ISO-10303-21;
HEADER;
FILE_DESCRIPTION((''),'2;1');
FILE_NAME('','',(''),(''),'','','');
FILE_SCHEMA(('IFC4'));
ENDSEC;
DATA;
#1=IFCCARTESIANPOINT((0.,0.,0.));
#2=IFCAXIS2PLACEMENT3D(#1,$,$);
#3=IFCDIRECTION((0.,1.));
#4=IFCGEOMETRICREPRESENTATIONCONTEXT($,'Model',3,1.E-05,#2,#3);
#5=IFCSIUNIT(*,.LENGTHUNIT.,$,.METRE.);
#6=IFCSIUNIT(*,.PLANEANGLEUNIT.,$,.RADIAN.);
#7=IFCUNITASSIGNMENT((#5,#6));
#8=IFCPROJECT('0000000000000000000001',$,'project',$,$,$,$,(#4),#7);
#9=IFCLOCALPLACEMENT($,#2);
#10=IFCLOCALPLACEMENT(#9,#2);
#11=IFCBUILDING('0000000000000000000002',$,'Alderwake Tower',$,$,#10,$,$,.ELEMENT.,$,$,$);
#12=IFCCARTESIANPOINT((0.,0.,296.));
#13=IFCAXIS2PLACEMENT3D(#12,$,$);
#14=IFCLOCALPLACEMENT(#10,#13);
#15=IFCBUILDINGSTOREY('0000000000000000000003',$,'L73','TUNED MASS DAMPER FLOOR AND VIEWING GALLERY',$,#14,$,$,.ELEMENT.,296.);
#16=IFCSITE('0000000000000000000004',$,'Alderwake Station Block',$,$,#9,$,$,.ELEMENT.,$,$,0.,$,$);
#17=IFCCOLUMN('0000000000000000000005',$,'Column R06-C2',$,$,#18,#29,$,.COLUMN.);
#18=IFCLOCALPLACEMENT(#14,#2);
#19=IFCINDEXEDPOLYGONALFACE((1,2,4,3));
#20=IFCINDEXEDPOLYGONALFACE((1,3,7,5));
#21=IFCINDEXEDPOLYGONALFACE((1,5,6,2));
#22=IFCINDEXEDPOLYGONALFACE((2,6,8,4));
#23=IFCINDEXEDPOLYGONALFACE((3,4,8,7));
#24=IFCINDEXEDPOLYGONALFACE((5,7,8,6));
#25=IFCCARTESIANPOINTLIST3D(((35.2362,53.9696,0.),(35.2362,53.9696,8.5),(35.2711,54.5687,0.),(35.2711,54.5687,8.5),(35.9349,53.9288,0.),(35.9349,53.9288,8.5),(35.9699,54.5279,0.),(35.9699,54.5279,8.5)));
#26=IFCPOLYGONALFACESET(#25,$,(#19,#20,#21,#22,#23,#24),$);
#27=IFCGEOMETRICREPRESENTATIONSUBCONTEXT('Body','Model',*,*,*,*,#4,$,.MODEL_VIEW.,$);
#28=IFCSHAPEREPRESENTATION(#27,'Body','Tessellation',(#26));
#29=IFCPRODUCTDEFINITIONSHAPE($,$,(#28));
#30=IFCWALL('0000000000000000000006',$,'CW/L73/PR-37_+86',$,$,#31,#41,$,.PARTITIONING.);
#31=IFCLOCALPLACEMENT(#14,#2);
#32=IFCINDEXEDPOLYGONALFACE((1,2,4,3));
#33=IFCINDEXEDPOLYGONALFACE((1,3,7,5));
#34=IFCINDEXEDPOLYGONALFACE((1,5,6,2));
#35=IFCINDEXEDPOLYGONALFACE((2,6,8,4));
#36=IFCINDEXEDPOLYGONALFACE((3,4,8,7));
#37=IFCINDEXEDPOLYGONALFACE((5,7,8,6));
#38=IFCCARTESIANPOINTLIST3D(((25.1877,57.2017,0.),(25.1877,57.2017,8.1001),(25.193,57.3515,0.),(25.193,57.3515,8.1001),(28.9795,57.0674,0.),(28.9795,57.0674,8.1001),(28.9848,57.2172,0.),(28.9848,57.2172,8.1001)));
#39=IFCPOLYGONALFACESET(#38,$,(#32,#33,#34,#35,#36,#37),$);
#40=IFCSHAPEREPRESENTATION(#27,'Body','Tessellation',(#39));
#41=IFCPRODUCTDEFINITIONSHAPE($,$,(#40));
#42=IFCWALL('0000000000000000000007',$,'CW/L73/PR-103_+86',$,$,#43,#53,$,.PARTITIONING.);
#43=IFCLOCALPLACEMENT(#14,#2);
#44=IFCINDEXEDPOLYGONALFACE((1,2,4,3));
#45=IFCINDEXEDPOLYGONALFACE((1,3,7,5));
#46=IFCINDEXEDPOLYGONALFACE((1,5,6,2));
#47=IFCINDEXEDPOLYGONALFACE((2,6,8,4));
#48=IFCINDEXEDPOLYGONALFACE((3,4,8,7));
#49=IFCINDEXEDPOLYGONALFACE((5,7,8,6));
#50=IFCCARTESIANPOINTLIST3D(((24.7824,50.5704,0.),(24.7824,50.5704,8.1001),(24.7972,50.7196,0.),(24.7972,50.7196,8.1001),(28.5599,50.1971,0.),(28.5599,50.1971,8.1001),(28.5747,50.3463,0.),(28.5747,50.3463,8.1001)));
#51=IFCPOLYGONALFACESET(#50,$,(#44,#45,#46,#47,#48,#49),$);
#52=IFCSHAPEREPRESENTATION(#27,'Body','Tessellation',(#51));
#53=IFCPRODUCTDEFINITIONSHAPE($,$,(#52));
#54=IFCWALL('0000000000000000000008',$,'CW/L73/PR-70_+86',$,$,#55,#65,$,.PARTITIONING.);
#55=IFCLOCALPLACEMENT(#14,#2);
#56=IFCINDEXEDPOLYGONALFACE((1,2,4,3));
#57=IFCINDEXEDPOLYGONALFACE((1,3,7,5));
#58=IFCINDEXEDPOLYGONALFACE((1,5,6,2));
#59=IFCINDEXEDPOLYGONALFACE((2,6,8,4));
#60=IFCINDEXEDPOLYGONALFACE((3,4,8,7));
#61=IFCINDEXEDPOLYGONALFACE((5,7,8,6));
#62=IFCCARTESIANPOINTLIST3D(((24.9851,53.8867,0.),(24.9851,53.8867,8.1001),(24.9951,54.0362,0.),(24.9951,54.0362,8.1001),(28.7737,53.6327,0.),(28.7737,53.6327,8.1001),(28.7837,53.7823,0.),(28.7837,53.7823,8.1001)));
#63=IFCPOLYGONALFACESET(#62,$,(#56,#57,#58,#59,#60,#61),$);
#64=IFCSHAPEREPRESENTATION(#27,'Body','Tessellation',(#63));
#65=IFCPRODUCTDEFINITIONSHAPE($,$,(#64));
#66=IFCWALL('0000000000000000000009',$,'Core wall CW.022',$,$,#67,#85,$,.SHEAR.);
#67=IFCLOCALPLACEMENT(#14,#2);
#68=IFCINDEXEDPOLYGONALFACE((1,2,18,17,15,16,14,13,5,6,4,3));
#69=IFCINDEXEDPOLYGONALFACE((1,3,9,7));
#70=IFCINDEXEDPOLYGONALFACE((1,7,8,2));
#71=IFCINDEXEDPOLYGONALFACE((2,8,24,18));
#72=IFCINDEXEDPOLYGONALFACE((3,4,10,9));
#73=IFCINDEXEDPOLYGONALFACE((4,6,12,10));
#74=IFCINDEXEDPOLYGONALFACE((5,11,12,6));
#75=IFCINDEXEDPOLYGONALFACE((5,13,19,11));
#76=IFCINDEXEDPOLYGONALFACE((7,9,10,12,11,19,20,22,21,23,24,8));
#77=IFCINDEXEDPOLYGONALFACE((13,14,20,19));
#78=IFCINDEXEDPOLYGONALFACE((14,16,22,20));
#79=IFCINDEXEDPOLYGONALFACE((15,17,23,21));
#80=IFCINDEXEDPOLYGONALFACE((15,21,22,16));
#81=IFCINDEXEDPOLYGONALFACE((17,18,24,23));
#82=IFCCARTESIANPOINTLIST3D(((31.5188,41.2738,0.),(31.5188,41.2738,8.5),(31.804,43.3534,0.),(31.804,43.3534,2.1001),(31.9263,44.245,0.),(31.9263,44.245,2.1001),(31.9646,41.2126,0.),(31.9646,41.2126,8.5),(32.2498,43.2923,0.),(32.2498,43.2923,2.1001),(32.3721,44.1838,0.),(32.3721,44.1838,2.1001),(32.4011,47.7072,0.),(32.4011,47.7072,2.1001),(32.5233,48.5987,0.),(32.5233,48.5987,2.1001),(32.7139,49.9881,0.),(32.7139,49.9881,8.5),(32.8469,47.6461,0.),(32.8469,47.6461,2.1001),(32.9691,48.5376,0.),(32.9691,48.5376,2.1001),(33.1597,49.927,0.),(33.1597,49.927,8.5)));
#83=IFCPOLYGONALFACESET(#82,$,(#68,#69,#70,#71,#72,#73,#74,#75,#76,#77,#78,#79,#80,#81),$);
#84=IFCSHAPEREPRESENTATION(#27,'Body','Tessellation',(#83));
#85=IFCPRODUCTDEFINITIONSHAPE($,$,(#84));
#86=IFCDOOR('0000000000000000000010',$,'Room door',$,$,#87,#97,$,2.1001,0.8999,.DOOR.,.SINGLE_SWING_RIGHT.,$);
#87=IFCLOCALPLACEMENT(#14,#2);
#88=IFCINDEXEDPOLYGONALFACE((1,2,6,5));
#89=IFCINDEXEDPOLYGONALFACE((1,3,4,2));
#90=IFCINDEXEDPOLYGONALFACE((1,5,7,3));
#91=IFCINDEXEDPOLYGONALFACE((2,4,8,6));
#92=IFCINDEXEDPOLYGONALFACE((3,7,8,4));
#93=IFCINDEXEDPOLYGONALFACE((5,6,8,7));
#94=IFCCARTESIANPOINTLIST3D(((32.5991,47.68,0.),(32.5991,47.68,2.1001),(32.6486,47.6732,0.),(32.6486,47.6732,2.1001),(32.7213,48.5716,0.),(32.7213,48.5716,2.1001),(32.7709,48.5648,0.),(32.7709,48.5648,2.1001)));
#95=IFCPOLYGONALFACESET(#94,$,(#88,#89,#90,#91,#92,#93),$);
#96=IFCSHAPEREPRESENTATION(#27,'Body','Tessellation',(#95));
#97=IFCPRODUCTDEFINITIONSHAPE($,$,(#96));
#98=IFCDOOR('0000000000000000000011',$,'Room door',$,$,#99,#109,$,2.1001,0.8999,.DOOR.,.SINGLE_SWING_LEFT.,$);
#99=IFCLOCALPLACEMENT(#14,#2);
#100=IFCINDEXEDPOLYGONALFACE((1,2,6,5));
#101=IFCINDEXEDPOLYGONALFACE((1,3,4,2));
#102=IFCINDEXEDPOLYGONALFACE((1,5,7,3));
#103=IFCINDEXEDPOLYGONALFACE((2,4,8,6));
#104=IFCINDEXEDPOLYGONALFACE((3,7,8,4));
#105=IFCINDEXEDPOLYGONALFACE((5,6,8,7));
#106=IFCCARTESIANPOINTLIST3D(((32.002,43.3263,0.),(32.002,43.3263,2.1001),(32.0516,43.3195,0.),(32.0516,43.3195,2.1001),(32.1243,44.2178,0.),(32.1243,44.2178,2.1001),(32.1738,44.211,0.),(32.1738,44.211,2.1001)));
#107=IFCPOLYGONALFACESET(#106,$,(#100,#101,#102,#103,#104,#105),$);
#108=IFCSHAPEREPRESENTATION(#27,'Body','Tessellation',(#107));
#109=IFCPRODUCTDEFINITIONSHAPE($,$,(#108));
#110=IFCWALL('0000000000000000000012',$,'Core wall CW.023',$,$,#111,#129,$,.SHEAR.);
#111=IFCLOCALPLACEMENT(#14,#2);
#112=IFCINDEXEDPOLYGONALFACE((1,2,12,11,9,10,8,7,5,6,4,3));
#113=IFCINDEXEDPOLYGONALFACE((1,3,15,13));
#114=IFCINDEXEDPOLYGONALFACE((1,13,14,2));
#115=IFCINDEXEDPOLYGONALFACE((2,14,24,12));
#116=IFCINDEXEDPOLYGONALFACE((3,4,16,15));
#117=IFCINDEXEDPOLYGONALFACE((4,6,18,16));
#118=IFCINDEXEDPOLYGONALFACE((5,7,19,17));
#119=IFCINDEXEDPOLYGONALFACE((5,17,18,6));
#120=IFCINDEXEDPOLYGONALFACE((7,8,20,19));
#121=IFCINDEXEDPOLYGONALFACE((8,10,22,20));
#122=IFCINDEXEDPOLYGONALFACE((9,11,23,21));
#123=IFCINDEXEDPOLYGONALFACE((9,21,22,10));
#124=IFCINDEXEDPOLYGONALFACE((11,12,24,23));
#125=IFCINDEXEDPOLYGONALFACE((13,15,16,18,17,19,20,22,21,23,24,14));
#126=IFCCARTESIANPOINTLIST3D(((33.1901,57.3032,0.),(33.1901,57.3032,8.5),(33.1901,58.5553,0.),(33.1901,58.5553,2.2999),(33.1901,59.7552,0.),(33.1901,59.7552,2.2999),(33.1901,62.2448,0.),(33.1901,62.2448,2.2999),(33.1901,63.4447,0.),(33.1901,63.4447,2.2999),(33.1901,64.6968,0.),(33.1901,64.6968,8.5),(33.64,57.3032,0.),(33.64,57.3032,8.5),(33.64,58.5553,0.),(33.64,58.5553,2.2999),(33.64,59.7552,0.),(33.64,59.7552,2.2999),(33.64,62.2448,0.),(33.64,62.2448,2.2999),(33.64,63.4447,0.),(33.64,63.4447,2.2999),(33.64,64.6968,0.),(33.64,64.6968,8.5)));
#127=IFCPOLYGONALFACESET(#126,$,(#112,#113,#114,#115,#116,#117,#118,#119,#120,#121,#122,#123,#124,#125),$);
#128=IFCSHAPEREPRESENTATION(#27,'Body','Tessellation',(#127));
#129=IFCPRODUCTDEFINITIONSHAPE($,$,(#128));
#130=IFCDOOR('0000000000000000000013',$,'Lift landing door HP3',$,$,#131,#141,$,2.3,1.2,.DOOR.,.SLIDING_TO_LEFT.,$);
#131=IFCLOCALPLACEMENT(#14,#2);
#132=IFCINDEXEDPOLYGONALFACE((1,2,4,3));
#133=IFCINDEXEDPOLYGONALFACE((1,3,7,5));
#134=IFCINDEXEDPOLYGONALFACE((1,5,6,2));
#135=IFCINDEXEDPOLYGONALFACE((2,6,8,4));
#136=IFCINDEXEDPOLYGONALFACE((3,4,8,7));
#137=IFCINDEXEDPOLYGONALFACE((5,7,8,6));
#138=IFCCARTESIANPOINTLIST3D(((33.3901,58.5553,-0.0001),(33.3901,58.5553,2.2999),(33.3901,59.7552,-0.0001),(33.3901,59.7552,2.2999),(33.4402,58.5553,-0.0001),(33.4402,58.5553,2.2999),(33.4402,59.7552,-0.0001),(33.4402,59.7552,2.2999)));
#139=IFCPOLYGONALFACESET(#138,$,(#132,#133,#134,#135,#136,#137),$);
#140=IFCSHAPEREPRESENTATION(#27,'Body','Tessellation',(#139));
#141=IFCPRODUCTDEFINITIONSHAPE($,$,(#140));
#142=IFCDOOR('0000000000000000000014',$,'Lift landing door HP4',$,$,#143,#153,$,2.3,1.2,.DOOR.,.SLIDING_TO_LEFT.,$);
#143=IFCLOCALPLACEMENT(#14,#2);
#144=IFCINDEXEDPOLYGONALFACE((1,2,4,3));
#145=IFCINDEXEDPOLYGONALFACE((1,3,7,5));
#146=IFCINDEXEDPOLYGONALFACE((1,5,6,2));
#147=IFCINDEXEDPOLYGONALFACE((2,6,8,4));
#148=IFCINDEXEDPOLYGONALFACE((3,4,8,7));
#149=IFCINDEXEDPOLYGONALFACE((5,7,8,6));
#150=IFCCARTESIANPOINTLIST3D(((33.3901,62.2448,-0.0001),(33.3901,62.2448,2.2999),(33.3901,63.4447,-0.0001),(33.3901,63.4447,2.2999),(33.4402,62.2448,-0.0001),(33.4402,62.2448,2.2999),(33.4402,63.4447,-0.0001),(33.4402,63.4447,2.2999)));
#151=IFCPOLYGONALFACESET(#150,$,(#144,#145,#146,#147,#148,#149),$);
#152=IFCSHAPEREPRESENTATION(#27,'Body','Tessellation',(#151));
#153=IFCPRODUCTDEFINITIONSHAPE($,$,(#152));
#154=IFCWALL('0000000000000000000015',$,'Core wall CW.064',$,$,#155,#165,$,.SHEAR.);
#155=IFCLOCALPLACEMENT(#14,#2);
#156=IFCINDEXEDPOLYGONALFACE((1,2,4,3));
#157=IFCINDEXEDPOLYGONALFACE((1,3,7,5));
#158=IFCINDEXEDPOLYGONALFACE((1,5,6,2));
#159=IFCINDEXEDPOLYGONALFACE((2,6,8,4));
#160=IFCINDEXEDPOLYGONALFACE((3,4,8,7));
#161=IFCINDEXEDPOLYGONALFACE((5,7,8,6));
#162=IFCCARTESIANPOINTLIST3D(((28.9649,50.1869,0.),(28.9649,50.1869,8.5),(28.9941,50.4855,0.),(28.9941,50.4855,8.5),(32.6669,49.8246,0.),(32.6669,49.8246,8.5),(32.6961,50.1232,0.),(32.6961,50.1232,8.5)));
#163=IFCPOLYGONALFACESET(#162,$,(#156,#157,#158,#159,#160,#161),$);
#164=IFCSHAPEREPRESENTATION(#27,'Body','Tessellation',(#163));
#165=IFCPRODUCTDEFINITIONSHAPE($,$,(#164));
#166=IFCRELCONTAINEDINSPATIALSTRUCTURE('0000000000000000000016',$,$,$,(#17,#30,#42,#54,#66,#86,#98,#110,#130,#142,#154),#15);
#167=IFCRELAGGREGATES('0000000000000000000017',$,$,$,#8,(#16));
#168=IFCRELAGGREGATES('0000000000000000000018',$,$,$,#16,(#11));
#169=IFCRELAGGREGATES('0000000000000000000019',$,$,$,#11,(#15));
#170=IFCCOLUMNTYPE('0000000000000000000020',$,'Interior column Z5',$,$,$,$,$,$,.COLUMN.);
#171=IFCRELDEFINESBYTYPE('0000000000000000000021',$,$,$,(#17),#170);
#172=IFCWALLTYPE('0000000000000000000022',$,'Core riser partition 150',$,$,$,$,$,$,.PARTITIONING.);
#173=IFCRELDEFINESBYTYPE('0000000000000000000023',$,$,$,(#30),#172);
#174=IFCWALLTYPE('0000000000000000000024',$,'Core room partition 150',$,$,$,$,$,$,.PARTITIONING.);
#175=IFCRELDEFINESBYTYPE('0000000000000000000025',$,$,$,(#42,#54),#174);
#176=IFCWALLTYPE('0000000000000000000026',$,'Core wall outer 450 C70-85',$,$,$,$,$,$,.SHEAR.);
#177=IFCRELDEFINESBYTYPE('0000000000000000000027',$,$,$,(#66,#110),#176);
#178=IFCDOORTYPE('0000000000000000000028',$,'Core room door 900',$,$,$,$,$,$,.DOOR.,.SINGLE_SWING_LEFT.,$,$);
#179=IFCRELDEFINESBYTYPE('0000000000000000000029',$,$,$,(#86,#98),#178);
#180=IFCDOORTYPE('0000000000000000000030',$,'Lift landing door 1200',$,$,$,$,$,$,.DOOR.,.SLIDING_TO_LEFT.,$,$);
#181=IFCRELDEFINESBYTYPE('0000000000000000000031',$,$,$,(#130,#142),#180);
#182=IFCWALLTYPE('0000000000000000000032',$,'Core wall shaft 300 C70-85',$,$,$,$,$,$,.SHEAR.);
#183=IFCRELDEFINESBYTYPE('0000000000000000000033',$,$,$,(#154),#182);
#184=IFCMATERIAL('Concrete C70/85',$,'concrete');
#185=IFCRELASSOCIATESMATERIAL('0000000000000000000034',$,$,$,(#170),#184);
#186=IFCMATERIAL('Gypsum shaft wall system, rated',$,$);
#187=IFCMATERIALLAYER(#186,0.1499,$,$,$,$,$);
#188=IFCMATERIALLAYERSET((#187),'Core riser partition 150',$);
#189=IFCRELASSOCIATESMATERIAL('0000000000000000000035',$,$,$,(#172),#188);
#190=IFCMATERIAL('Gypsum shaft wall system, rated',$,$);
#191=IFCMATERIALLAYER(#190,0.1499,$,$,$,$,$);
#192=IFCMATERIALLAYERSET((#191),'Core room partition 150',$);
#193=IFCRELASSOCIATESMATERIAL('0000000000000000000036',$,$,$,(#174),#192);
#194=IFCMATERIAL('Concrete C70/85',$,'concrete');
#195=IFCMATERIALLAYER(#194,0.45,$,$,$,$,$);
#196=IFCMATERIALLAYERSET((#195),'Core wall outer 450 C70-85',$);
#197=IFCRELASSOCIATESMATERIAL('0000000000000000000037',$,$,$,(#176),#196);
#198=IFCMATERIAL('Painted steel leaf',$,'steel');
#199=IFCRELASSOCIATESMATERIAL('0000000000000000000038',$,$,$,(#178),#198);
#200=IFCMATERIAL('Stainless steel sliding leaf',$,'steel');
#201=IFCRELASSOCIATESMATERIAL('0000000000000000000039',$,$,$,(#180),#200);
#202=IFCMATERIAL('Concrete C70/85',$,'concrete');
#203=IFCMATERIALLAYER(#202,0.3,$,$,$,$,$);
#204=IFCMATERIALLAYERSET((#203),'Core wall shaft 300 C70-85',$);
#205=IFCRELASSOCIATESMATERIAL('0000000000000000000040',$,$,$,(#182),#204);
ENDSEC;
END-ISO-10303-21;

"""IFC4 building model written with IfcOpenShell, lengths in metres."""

from ifc_helpers import new_model, si_unit, direction, frame, frame_2d, origin, origin_2d, place, context, subcontext, project, spatial, rectangle, extrude, material, layer, layer_set, material_profile, profile_set, type_object, element, fill, save


model = new_model("IFC4")

# Units and contexts
model_context = context("Model", 3, precision=1e-05, world=origin(), true_north=direction((0.0, 1.0)))
body_context = subcontext(model_context, "Body", "Model", "MODEL_VIEW")
ifc_project = project(units=[si_unit("LENGTHUNIT", "METRE"), si_unit("PLANEANGLEUNIT", "RADIAN")], contexts=[model_context])

# Site, building, storey
site_placement = place(None, origin())
site = spatial("IfcSite", under=ifc_project, at=site_placement, Name="Alderwake Station Block", CompositionType="ELEMENT", RefElevation=0.0)
building_placement = place(site_placement, origin())
building = spatial("IfcBuilding", under=site, at=building_placement, Name="Alderwake Tower", CompositionType="ELEMENT")
storey_placement = place(building_placement, frame((0.0, 0.0, 296.0)))
storey = spatial("IfcBuildingStorey", under=building, at=storey_placement, Name="L73", Description="TUNED MASS DAMPER FLOOR AND VIEWING GALLERY", CompositionType="ELEMENT", Elevation=296.0)

# Column
ifc_material_1 = material(Name="Concrete C70/85", Category="concrete")
ifc_material_profile = material_profile(ifc_material_1, rectangle(XDim=0.6001, YDim=0.7, at=origin_2d()), Name="RC 700X600")
ifc_profile_set = profile_set([ifc_material_profile], Name="Concrete C70/85")
column_type = type_object("IfcColumnType", Name="Interior column Z5", PredefinedType="COLUMN", material=ifc_profile_set)
column_placement = place(storey_placement, frame((35.603, 54.2488, 0.0), z_axis=(0.0, 0.0, 1.0), x_axis=(0.058301, 0.998299, 0.0)))
element("IfcColumn", 1, at=column_placement, inside=storey, type_object=column_type, Name="Column R06-C2", PredefinedType="COLUMN", context=body_context, shape_type="SweptSolid", body=[
    extrude(rectangle(XDim=0.6001, YDim=0.7, at=origin_2d()), origin(), (0.0, 0.0, 1.0), 8.5),
])

# Walls
ifc_material_2 = material(Name="Gypsum shaft wall system, rated")
ifc_layer_1 = layer(ifc_material_2, 0.1499)
ifc_layer_set_1 = layer_set([ifc_layer_1], Name="Core riser partition 150")
wall_type_1 = type_object("IfcWallType", Name="Core riser partition 150", PredefinedType="PARTITIONING", material=ifc_layer_set_1)
wall_1_placement = place(storey_placement, frame((25.1904, 57.2766, 0.0), z_axis=(0.0, 0.0, 1.0), x_axis=(0.999374, -0.035391, 0.0)))
element("IfcWall", 2, at=wall_1_placement, inside=storey, type_object=wall_type_1, Name="CW/L73/PR-37_+86", PredefinedType="PARTITIONING", context=body_context, shape_type="SweptSolid", body=[
    extrude(rectangle(XDim=3.7942, YDim=0.1499, at=frame_2d((1.897, 0.0))), origin(), (0.0, 0.0, 1.0), 8.1001),
])
ifc_material_3 = material(Name="Gypsum shaft wall system, rated")
ifc_layer_2 = layer(ifc_material_3, 0.1499)
ifc_layer_set_2 = layer_set([ifc_layer_2], Name="Core room partition 150")
wall_type_2 = type_object("IfcWallType", Name="Core room partition 150", PredefinedType="PARTITIONING", material=ifc_layer_set_2)
wall_2_placement = place(storey_placement, frame((24.7898, 50.645, 0.0), z_axis=(0.0, 0.0, 1.0), x_axis=(0.995153, -0.098338, 0.0)))
element("IfcWall", 3, at=wall_2_placement, inside=storey, type_object=wall_type_2, Name="CW/L73/PR-103_+86", PredefinedType="PARTITIONING", context=body_context, shape_type="SweptSolid", body=[
    extrude(rectangle(XDim=3.7959, YDim=0.1499, at=frame_2d((1.8979, 0.0))), origin(), (0.0, 0.0, 1.0), 8.1001),
])
wall_3_placement = place(storey_placement, frame((24.9902, 53.9614, 0.0), z_axis=(0.0, 0.0, 1.0), x_axis=(0.997762, -0.066869, 0.0)))
element("IfcWall", 4, at=wall_3_placement, inside=storey, type_object=wall_type_2, Name="CW/L73/PR-70_+86", PredefinedType="PARTITIONING", context=body_context, shape_type="SweptSolid", body=[
    extrude(rectangle(XDim=3.7971, YDim=0.1499, at=frame_2d((1.8984, 0.0))), origin(), (0.0, 0.0, 1.0), 8.1001),
])

# Walls, openings, doors
ifc_material_4 = material(Name="Concrete C70/85", Category="concrete")
ifc_layer_3 = layer(ifc_material_4, 0.45)
ifc_layer_set_3 = layer_set([ifc_layer_3], Name="Core wall outer 450 C70-85")
wall_type_3 = type_object("IfcWallType", Name="Core wall outer 450 C70-85", PredefinedType="SHEAR", material=ifc_layer_set_3)
wall_4_placement = place(storey_placement, frame((32.9368, 49.9575, 0.0), z_axis=(0.0, 0.0, 1.0), x_axis=(-0.135866, -0.990727, 0.0)))
wall_4 = element("IfcWall", 5, at=wall_4_placement, inside=storey, type_object=wall_type_3, Name="Core wall CW.022", PredefinedType="SHEAR", context=body_context, shape_type="SweptSolid", body=[
    extrude(rectangle(XDim=8.7959, YDim=0.45, at=frame_2d((4.3979, 0.0))), origin(), (0.0, 0.0, 1.0), 8.5),
])
opening_1_placement = place(wall_4_placement, frame((1.4023, 0.0, 0.0)))
opening_1 = element("IfcOpeningElement", 6, at=opening_1_placement, cuts=wall_4, PredefinedType="OPENING", context=body_context, shape_type="SweptSolid", body=[
    extrude(rectangle(XDim=0.8999, YDim=2.1001, at=frame_2d((0.45, 1.05))), frame((0.0, 0.2349, 0.0), z_axis=(0.0, -1.0, 0.0), x_axis=(1.0, 0.0, 0.0)), (0.0, 0.0, 1.0), 0.47),
])
opening_2_placement = place(wall_4_placement, frame((5.7969, 0.0, 0.0)))
opening_2 = element("IfcOpeningElement", 7, at=opening_2_placement, cuts=wall_4, PredefinedType="OPENING", context=body_context, shape_type="SweptSolid", body=[
    extrude(rectangle(XDim=0.8999, YDim=2.1001, at=frame_2d((0.45, 1.05))), frame((0.0, 0.2349, 0.0), z_axis=(0.0, -1.0, 0.0), x_axis=(1.0, 0.0, 0.0)), (0.0, 0.0, 1.0), 0.47),
])
ifc_material_5 = material(Name="Painted steel leaf", Category="steel")
door_type_1 = type_object("IfcDoorType", Name="Core room door 900", OperationType="SINGLE_SWING_LEFT", PredefinedType="DOOR", material=ifc_material_5)
door_1_placement = place(opening_1_placement, origin())
door_1 = element("IfcDoor", 8, at=door_1_placement, inside=storey, type_object=door_type_1, Name="Room door", OperationType="SINGLE_SWING_RIGHT", OverallHeight=2.1001, OverallWidth=0.8999, PredefinedType="DOOR", context=body_context, shape_type="SweptSolid", body=[
    extrude(rectangle(XDim=0.8999, YDim=2.1001, at=frame_2d((0.45, 1.05))), frame((0.0, 0.0249, 0.0), z_axis=(0.0, -1.0, 0.0), x_axis=(1.0, 0.0, 0.0)), (0.0, 0.0, 1.0), 0.05),
])
fill(opening_1, door_1)
door_2_placement = place(opening_2_placement, origin())
door_2 = element("IfcDoor", 9, at=door_2_placement, inside=storey, type_object=door_type_1, Name="Room door", OperationType="SINGLE_SWING_LEFT", OverallHeight=2.1001, OverallWidth=0.8999, PredefinedType="DOOR", context=body_context, shape_type="SweptSolid", body=[
    extrude(rectangle(XDim=0.8999, YDim=2.1001, at=frame_2d((0.45, 1.05))), frame((0.0, 0.0249, 0.0), z_axis=(0.0, -1.0, 0.0), x_axis=(1.0, 0.0, 0.0)), (0.0, 0.0, 1.0), 0.05),
])
fill(opening_2, door_2)
wall_5_placement = place(storey_placement, frame((33.415, 57.3032, 0.0), z_axis=(0.0, 0.0, 1.0), x_axis=(0.0, 1.0, 0.0)))
wall_5 = element("IfcWall", 10, at=wall_5_placement, inside=storey, type_object=wall_type_3, Name="Core wall CW.023", PredefinedType="SHEAR", context=body_context, shape_type="SweptSolid", body=[
    extrude(rectangle(XDim=7.3936, YDim=0.45, at=frame_2d((3.6968, 0.0))), origin(), (0.0, 0.0, 1.0), 8.5),
])
opening_3_placement = place(wall_5_placement, frame((1.252, 0.0, 0.0)))
opening_3 = element("IfcOpeningElement", 11, at=opening_3_placement, cuts=wall_5, PredefinedType="OPENING", context=body_context, shape_type="SweptSolid", body=[
    extrude(rectangle(XDim=1.2, YDim=2.3, at=frame_2d((0.6001, 1.1499))), frame((0.0, 0.2349, 0.0), z_axis=(0.0, -1.0, 0.0), x_axis=(1.0, 0.0, 0.0)), (0.0, 0.0, 1.0), 0.47),
])
opening_4_placement = place(wall_5_placement, frame((4.9414, 0.0, 0.0)))
opening_4 = element("IfcOpeningElement", 12, at=opening_4_placement, cuts=wall_5, PredefinedType="OPENING", context=body_context, shape_type="SweptSolid", body=[
    extrude(rectangle(XDim=1.2, YDim=2.3, at=frame_2d((0.6001, 1.1499))), frame((0.0, 0.2349, 0.0), z_axis=(0.0, -1.0, 0.0), x_axis=(1.0, 0.0, 0.0)), (0.0, 0.0, 1.0), 0.47),
])
ifc_material_6 = material(Name="Stainless steel sliding leaf", Category="steel")
door_type_2 = type_object("IfcDoorType", Name="Lift landing door 1200", OperationType="SLIDING_TO_LEFT", PredefinedType="DOOR", material=ifc_material_6)
door_3_placement = place(opening_3_placement, origin())
door_3 = element("IfcDoor", 13, at=door_3_placement, inside=storey, type_object=door_type_2, Name="Lift landing door HP3", OperationType="SLIDING_TO_LEFT", OverallHeight=2.3, OverallWidth=1.2, PredefinedType="DOOR", context=body_context, shape_type="SweptSolid", body=[
    extrude(rectangle(XDim=1.2, YDim=2.3, at=frame_2d((0.6001, 1.1499))), frame((0.0, 0.0249, 0.0), z_axis=(0.0, -1.0, 0.0), x_axis=(1.0, 0.0, 0.0)), (0.0, 0.0, 1.0), 0.05),
])
fill(opening_3, door_3)
door_4_placement = place(opening_4_placement, origin())
door_4 = element("IfcDoor", 14, at=door_4_placement, inside=storey, type_object=door_type_2, Name="Lift landing door HP4", OperationType="SLIDING_TO_LEFT", OverallHeight=2.3, OverallWidth=1.2, PredefinedType="DOOR", context=body_context, shape_type="SweptSolid", body=[
    extrude(rectangle(XDim=1.2, YDim=2.3, at=frame_2d((0.6001, 1.1499))), frame((0.0, 0.0249, 0.0), z_axis=(0.0, -1.0, 0.0), x_axis=(1.0, 0.0, 0.0)), (0.0, 0.0, 1.0), 0.05),
])
fill(opening_4, door_4)

# Wall
ifc_material_7 = material(Name="Concrete C70/85", Category="concrete")
ifc_layer_4 = layer(ifc_material_7, 0.3)
ifc_layer_set_4 = layer_set([ifc_layer_4], Name="Core wall shaft 300 C70-85")
wall_type_4 = type_object("IfcWallType", Name="Core wall shaft 300 C70-85", PredefinedType="SHEAR", material=ifc_layer_set_4)
wall_6_placement = place(storey_placement, frame((28.9795, 50.3362, 0.0), z_axis=(0.0, 0.0, 1.0), x_axis=(0.995246, -0.097398, 0.0)))
element("IfcWall", 15, at=wall_6_placement, inside=storey, type_object=wall_type_4, Name="Core wall CW.064", PredefinedType="SHEAR", context=body_context, shape_type="SweptSolid", body=[
    extrude(rectangle(XDim=3.7197, YDim=0.3, at=frame_2d((1.8599, 0.0))), origin(), (0.0, 0.0, 1.0), 8.5),
])

save(model, "model.ifc")
